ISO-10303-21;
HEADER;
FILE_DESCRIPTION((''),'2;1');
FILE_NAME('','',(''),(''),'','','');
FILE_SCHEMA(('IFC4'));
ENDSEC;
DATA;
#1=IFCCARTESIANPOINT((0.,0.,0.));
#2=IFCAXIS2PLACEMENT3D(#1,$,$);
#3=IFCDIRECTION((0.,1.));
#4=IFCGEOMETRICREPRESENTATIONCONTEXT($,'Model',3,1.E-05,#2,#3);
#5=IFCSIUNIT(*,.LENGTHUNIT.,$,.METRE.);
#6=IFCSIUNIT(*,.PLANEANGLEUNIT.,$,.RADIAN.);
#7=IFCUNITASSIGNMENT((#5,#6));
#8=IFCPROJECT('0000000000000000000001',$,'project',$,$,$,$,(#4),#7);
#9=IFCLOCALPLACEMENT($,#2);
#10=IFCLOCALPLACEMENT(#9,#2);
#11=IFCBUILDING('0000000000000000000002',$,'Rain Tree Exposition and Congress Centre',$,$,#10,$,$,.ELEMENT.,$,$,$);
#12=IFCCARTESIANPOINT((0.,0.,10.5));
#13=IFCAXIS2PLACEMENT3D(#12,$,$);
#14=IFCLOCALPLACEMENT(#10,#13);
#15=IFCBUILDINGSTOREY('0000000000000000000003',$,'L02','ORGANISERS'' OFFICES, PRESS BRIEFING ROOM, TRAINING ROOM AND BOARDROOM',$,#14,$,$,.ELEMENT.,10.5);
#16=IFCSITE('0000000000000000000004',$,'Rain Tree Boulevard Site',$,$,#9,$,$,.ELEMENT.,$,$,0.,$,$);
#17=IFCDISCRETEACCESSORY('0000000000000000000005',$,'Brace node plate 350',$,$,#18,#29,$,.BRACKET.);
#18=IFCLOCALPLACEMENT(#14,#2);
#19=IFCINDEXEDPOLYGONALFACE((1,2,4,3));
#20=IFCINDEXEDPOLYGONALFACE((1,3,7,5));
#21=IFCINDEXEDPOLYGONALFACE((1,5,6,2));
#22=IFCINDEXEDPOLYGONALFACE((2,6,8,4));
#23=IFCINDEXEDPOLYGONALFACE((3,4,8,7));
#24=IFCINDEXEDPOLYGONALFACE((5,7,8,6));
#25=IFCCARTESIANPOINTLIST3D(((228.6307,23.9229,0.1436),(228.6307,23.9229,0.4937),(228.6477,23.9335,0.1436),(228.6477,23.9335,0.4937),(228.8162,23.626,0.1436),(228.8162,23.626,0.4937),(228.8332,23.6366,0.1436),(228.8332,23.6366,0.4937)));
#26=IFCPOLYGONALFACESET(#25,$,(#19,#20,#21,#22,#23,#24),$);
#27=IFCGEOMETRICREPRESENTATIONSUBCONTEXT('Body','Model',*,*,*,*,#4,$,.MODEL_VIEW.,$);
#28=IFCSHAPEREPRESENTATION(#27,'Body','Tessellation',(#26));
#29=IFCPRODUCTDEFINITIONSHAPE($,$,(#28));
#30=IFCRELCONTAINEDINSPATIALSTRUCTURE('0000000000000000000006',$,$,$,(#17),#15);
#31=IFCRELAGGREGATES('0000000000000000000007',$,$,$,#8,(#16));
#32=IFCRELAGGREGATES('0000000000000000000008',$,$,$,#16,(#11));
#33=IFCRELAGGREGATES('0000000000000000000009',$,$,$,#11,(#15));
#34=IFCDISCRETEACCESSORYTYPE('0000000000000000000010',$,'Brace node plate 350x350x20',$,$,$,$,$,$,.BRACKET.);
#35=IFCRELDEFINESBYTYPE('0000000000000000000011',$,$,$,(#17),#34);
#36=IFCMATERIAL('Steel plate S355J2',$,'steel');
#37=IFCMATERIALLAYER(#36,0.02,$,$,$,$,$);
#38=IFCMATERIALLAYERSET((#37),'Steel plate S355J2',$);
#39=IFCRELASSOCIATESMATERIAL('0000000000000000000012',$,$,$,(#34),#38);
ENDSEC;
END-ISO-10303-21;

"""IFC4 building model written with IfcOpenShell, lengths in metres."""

from ifc_helpers import new_model, si_unit, direction, frame, origin, origin_2d, place, context, subcontext, project, spatial, rectangle, extrude, material, layer, layer_set, type_object, element, save


model = new_model("IFC4")

# Units and contexts
model_context = context("Model", 3, precision=1e-05, world=origin(), true_north=direction((0.0, 1.0)))
body_context = subcontext(model_context, "Body", "Model", "MODEL_VIEW")
ifc_project = project(units=[si_unit("LENGTHUNIT", "METRE"), si_unit("PLANEANGLEUNIT", "RADIAN")], contexts=[model_context])

# Site, building, storey
site_placement = place(None, origin())
site = spatial("IfcSite", under=ifc_project, at=site_placement, Name="Rain Tree Boulevard Site", CompositionType="ELEMENT", RefElevation=0.0)
building_placement = place(site_placement, origin())
building = spatial("IfcBuilding", under=site, at=building_placement, Name="Rain Tree Exposition and Congress Centre", CompositionType="ELEMENT")
storey_placement = place(building_placement, frame((0.0, 0.0, 10.5)))
storey = spatial("IfcBuildingStorey", under=building, at=storey_placement, Name="L02", Description="ORGANISERS' OFFICES, PRESS BRIEFING ROOM, TRAINING ROOM AND BOARDROOM", CompositionType="ELEMENT", Elevation=10.5)

# Discrete accessory
ifc_material_1 = material(Name="Steel plate S355J2", Category="steel")
ifc_layer_1 = layer(ifc_material_1, 0.02)
ifc_layer_set_1 = layer_set([ifc_layer_1], Name="Steel plate S355J2")
discrete_accessory_type = type_object("IfcDiscreteAccessoryType", Name="Brace node plate 350x350x20", PredefinedType="BRACKET", material=ifc_layer_set_1)
for number, where, z_axis, x_axis, name in (
    (1, (228.7319, 23.7798, 0.1436), (0.0, 0.0, 1.0), (-0.529919, 0.848048, 0.0), "Brace node plate 350"),
):
    element("IfcDiscreteAccessory", number, at=place(storey_placement, frame(where, z_axis=z_axis, x_axis=x_axis)), inside=storey, type_object=discrete_accessory_type, Name=name, PredefinedType="BRACKET", context=body_context, shape_type="SweptSolid", body=[
        extrude(rectangle(XDim=0.3501, YDim=0.02, at=origin_2d()), origin(), (0.0, 0.0, 1.0), 0.3501),
    ])

save(model, "model.ifc")
